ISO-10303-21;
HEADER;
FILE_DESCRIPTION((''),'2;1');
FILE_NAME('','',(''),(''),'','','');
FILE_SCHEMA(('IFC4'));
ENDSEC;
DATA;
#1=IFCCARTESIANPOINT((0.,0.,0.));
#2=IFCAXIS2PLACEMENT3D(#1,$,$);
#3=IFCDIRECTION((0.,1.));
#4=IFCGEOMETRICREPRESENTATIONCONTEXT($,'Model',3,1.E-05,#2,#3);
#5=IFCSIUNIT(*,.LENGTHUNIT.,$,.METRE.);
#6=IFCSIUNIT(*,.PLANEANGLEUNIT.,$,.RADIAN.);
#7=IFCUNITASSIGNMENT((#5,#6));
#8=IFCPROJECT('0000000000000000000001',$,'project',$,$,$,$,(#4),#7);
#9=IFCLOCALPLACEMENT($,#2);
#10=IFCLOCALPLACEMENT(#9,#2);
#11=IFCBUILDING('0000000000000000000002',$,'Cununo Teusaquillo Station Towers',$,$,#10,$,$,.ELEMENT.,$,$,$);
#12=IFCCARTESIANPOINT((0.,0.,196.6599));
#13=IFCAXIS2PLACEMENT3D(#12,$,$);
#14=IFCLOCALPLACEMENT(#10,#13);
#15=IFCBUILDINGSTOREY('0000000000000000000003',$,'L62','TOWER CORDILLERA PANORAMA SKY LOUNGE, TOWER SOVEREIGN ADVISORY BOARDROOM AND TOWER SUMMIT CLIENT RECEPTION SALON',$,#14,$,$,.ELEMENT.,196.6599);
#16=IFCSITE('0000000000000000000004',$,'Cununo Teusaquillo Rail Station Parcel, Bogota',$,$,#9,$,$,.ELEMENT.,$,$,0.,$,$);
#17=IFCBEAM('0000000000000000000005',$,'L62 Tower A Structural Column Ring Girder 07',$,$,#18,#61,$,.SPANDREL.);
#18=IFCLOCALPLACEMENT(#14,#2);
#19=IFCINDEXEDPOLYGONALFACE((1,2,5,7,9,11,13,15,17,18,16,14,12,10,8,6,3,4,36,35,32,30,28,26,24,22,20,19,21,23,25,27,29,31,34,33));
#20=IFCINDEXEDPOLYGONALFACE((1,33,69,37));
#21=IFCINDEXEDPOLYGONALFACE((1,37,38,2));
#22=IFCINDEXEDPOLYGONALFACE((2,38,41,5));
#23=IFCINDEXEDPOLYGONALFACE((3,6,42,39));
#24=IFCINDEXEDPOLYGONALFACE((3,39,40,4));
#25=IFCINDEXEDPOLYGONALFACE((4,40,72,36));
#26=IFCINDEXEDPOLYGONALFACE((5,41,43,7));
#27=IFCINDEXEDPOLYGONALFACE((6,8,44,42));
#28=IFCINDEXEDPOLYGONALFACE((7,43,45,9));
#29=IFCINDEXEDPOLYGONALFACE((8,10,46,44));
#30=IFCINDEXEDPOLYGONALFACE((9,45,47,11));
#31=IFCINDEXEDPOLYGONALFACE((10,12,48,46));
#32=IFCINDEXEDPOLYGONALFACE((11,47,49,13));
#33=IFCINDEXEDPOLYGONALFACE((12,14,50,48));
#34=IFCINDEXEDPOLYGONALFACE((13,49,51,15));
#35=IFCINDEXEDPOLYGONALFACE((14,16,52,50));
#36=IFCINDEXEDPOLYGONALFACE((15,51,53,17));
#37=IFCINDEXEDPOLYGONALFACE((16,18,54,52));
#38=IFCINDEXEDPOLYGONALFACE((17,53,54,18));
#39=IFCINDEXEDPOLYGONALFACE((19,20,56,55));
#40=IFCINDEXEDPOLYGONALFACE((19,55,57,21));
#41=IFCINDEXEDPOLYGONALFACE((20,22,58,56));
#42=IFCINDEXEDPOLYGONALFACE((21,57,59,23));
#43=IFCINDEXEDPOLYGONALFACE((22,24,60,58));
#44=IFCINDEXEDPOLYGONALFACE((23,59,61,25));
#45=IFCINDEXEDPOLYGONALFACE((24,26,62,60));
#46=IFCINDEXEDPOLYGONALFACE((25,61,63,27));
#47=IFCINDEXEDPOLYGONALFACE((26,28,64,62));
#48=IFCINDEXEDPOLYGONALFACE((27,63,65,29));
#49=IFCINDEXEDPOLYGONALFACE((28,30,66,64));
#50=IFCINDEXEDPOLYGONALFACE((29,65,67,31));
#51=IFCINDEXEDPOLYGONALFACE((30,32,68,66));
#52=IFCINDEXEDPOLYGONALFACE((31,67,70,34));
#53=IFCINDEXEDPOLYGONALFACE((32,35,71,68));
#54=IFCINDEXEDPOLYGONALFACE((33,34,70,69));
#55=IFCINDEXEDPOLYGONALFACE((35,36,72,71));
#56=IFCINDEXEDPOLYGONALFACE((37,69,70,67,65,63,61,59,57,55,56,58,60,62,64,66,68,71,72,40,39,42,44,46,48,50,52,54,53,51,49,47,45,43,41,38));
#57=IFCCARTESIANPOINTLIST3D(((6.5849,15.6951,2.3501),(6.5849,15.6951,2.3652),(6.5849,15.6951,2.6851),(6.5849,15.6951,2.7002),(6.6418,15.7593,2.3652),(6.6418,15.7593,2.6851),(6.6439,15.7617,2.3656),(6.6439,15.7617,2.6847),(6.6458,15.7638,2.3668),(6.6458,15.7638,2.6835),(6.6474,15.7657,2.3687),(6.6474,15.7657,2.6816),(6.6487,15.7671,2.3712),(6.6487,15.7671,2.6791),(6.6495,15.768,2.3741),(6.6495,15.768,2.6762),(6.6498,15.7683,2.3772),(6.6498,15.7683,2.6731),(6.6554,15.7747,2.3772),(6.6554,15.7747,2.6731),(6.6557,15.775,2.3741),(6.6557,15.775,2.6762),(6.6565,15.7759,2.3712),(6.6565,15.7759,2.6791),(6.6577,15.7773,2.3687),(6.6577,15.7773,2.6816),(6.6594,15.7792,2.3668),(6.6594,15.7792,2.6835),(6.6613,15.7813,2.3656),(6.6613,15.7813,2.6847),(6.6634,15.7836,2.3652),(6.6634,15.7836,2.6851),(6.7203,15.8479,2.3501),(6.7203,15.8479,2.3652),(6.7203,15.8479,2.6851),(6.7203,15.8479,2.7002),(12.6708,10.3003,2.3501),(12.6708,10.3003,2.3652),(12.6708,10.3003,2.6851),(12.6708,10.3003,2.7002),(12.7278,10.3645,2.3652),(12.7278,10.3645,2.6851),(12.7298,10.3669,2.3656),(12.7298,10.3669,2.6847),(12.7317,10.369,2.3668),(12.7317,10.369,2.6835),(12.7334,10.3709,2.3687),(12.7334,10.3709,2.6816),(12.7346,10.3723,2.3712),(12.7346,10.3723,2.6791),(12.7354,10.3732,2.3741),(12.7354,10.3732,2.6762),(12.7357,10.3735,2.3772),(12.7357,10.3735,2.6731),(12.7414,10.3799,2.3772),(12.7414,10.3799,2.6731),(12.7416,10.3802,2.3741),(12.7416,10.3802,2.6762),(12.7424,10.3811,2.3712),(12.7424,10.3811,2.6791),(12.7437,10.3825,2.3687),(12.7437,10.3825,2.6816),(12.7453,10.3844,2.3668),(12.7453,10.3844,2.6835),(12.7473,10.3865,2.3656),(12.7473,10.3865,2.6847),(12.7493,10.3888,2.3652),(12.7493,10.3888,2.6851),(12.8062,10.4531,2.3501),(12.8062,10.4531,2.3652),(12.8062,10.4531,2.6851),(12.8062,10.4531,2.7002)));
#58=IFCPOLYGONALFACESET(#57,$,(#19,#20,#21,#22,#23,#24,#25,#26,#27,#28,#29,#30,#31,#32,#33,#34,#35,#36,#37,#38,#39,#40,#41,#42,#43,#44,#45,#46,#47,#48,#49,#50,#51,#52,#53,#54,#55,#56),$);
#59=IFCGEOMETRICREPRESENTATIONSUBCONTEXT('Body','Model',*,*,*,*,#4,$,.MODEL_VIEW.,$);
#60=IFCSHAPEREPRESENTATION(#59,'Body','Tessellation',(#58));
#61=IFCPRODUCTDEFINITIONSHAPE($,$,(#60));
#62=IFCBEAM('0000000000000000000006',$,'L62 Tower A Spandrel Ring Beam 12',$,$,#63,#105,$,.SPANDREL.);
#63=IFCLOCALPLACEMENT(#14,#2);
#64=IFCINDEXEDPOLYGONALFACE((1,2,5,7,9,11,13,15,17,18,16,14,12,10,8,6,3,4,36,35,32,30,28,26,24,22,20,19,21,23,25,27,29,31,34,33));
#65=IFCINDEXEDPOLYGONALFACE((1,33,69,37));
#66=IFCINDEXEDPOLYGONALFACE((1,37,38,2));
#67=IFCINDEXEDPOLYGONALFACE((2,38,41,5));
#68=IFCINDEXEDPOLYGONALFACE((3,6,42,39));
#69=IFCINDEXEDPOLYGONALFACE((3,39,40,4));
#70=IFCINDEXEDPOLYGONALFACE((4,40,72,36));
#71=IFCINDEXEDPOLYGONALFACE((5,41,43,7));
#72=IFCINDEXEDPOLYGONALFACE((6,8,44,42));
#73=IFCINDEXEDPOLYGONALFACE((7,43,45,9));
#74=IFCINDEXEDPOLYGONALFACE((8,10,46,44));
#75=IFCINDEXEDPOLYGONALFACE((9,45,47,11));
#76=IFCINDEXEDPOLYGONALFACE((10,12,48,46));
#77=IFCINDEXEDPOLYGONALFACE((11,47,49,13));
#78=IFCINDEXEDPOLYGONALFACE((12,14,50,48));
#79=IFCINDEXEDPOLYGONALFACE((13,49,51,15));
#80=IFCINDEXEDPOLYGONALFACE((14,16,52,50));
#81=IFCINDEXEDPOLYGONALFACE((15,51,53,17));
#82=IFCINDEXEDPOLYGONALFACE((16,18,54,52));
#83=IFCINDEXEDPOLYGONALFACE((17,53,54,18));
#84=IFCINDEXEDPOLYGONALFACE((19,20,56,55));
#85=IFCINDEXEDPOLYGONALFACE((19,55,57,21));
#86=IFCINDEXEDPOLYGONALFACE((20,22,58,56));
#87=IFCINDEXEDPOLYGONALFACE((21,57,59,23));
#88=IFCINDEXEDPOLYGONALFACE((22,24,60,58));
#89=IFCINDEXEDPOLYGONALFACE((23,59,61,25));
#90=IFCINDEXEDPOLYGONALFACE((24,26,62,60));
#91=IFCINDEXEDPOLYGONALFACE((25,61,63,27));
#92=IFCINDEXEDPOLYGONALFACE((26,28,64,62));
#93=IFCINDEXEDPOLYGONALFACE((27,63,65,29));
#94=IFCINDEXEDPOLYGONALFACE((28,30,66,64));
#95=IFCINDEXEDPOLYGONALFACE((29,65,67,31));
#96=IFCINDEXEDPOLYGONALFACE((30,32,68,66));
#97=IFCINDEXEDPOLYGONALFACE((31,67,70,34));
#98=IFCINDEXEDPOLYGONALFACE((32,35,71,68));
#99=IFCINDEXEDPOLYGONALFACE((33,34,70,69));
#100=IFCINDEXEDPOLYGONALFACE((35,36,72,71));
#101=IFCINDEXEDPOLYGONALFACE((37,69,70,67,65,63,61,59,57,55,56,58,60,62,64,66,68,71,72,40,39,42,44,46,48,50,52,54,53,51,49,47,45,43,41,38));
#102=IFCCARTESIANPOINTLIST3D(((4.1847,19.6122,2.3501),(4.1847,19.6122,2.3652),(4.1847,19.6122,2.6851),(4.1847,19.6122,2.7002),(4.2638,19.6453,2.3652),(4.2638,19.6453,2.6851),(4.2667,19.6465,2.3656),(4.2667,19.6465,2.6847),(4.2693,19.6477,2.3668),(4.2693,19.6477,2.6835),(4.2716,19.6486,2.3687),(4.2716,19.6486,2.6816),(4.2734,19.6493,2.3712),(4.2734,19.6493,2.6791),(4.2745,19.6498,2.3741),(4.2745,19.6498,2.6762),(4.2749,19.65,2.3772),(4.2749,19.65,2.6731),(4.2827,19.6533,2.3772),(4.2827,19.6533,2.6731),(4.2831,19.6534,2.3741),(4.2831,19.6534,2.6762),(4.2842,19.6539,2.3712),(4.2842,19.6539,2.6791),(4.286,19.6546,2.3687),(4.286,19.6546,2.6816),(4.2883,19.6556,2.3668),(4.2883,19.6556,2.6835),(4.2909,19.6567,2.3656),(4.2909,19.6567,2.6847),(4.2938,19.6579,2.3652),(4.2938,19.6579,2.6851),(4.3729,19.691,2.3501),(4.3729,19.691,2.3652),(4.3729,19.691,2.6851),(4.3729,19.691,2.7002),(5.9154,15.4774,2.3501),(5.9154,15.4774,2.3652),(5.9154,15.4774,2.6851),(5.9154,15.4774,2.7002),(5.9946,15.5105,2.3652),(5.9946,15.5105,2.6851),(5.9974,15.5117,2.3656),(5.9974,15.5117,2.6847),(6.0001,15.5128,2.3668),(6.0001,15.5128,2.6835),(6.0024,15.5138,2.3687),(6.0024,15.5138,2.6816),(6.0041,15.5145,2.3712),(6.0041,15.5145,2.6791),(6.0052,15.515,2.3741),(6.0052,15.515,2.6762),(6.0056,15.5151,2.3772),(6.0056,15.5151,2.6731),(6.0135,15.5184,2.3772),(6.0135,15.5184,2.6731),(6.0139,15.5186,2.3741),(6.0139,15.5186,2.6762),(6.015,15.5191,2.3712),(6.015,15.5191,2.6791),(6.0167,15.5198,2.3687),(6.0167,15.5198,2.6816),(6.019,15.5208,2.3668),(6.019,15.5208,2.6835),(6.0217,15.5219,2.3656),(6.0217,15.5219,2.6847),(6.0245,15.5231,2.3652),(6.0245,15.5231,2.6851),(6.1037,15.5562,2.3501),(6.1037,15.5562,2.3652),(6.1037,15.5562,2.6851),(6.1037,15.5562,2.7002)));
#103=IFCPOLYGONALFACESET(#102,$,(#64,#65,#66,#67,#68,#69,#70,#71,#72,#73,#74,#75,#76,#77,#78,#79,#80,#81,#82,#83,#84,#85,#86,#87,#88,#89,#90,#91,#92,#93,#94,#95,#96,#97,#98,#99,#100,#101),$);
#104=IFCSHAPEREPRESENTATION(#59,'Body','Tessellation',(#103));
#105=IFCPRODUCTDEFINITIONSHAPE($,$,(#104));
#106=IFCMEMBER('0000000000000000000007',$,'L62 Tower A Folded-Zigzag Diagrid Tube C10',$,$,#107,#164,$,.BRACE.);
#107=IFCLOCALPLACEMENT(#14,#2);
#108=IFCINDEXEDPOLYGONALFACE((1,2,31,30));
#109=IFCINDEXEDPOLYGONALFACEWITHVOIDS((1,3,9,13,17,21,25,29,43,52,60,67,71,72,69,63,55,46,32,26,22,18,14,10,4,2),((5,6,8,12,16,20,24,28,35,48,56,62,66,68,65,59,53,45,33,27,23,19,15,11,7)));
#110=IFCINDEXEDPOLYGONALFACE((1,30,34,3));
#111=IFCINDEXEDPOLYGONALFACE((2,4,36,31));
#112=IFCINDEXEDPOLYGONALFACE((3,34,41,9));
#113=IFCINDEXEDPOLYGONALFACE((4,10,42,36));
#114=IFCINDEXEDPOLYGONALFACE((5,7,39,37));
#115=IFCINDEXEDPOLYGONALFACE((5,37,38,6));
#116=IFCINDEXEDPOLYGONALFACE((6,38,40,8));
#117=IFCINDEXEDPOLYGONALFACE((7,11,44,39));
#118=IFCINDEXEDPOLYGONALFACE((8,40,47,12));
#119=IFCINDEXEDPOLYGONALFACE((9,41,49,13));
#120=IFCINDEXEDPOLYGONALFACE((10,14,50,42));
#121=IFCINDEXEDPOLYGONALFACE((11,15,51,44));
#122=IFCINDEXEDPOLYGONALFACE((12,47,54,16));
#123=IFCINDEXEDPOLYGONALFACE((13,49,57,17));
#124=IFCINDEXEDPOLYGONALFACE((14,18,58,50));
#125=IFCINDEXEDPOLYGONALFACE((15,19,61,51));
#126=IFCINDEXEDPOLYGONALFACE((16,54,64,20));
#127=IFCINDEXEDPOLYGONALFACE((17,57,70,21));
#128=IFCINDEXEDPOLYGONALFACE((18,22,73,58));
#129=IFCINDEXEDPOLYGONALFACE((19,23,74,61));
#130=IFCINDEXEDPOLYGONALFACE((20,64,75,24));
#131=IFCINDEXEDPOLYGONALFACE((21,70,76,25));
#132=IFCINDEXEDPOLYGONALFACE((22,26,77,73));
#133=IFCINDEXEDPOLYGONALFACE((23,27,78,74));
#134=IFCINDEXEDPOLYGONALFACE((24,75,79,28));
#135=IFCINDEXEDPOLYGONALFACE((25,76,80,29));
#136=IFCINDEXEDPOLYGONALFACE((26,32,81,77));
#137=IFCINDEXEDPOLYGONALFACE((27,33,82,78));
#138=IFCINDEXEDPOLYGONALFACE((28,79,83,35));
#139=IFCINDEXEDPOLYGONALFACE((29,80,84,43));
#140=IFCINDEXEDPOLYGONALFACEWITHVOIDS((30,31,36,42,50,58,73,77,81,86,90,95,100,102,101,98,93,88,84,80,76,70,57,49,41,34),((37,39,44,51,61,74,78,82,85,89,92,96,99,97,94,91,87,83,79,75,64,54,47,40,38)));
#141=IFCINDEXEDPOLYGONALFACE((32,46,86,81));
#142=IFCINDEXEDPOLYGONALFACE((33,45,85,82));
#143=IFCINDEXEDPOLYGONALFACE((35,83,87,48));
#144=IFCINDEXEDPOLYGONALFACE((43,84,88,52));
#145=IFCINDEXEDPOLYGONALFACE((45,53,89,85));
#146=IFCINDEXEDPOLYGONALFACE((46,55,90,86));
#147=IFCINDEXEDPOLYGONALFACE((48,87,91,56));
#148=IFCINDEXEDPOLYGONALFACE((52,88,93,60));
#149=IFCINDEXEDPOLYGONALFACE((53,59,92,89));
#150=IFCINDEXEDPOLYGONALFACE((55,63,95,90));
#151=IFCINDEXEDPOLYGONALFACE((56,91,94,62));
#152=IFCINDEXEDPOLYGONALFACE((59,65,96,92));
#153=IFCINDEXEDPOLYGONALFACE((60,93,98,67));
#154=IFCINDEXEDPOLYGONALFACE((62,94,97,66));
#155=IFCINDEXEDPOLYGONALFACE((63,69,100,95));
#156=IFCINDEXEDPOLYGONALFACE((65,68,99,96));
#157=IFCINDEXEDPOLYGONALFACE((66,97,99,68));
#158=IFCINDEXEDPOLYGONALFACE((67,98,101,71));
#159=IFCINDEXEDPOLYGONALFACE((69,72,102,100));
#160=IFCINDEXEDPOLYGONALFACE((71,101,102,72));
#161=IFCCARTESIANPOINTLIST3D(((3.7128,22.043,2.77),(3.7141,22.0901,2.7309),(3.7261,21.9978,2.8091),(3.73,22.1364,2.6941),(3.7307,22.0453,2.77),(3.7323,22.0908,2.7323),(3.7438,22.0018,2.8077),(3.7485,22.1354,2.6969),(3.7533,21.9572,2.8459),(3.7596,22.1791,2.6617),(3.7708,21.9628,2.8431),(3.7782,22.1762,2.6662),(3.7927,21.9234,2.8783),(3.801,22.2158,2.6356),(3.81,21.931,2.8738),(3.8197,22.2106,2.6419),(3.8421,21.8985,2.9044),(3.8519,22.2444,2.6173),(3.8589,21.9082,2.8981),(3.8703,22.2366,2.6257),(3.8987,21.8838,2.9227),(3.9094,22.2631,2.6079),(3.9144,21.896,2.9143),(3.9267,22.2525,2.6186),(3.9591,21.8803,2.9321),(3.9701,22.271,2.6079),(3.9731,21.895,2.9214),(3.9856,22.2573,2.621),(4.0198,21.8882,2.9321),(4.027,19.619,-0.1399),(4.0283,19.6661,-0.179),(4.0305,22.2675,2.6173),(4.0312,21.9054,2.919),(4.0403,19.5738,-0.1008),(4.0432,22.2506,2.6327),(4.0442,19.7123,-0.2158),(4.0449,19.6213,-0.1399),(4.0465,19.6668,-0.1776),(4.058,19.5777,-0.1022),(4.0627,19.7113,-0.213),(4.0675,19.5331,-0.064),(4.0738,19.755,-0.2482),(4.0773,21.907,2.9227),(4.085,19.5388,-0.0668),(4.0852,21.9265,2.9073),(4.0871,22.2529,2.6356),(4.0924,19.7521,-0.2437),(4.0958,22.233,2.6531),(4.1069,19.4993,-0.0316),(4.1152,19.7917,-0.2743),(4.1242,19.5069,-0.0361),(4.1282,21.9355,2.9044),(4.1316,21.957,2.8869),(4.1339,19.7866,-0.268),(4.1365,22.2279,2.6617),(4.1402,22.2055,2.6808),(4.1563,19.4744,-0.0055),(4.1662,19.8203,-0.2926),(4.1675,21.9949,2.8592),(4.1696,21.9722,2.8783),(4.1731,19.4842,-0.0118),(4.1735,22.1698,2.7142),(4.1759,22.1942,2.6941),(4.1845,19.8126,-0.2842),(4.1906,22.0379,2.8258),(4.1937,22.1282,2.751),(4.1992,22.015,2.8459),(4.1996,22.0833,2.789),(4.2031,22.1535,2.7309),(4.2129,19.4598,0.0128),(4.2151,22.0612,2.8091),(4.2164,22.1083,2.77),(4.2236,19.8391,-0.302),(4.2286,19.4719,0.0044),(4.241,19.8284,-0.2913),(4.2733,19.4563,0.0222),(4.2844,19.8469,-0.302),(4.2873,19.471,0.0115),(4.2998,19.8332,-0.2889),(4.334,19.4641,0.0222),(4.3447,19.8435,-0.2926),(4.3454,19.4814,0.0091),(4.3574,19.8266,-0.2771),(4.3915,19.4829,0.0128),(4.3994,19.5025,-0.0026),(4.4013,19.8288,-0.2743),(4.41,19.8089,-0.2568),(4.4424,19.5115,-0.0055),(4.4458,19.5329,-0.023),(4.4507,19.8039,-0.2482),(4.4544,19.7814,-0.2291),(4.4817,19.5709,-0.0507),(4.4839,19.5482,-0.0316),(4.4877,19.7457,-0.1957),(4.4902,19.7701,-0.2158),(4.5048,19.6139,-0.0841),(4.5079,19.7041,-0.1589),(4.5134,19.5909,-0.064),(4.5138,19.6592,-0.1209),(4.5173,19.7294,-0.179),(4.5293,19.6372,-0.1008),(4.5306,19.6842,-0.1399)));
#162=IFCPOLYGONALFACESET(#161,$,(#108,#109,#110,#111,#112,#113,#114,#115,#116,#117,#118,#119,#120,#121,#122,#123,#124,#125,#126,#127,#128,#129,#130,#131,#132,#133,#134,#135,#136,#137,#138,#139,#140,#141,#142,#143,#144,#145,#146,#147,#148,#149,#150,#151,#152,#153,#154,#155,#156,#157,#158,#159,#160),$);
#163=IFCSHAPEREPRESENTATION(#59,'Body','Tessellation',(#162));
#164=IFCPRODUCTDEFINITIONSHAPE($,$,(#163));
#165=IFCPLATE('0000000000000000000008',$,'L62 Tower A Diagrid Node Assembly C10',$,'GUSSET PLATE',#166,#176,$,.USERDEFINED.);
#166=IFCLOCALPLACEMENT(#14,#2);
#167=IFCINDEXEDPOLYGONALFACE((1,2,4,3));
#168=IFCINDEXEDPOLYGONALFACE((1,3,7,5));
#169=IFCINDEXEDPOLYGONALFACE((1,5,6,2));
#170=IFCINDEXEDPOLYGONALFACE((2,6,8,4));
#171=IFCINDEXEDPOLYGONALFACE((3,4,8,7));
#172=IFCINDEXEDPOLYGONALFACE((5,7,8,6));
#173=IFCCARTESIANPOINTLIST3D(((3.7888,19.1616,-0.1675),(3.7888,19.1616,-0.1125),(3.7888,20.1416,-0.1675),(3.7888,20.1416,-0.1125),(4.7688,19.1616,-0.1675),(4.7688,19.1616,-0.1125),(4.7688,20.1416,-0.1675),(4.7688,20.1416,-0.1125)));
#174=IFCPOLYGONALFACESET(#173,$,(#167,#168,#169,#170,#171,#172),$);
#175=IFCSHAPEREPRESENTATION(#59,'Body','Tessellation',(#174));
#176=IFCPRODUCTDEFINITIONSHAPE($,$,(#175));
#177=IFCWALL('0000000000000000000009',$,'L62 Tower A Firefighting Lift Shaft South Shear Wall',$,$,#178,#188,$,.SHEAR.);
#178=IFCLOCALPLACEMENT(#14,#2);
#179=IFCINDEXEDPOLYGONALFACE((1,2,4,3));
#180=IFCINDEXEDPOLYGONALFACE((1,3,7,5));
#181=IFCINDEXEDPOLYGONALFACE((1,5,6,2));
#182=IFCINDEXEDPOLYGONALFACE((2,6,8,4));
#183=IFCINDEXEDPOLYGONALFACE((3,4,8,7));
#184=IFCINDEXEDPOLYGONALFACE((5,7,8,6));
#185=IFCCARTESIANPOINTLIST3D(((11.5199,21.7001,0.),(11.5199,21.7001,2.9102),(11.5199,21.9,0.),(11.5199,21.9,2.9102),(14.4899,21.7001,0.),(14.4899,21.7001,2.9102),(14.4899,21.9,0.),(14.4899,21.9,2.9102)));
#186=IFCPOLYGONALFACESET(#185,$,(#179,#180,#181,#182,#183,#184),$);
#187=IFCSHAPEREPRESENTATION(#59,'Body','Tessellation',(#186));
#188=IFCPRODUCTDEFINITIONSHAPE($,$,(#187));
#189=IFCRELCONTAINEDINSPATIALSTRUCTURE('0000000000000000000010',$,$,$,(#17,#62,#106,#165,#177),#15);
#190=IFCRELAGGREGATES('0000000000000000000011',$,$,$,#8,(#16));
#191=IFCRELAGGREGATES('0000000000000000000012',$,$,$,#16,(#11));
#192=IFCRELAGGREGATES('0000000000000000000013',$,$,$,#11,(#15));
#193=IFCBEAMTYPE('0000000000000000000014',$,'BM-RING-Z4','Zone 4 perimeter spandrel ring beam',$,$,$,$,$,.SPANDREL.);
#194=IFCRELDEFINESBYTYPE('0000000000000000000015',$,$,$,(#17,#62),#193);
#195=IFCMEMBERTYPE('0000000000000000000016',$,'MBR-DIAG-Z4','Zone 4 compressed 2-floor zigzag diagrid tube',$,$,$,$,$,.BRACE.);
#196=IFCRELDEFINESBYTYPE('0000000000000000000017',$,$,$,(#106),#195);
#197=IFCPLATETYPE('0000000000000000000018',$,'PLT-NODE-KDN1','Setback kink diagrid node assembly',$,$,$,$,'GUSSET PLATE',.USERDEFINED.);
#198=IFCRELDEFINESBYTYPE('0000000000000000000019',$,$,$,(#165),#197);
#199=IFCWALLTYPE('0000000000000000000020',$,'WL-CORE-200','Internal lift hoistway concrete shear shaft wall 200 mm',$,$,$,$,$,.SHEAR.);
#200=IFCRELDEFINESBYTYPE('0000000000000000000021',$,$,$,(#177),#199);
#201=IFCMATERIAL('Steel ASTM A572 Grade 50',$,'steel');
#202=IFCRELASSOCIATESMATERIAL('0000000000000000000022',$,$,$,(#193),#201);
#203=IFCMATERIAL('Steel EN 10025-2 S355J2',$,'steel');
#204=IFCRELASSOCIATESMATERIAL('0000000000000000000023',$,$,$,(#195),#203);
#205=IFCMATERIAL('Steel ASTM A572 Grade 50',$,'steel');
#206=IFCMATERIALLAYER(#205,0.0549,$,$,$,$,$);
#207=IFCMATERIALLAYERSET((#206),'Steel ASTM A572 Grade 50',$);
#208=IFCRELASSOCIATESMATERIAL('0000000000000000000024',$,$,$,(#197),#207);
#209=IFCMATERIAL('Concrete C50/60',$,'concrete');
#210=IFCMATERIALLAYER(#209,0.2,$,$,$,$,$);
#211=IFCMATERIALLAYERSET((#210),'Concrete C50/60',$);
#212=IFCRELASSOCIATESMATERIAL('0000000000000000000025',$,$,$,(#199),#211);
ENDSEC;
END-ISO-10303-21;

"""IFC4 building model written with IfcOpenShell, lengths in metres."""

from ifc_helpers import new_model, si_unit, direction, frame, frame_2d, origin, origin_2d, place, context, subcontext, project, spatial, rectangle, hollow_circle, i_section, extrude, source, transform, mapped, material, layer, layer_set, material_profile, profile_set, type_object, element, save


model = new_model("IFC4")

# Units and contexts
model_context = context("Model", 3, precision=1e-05, world=origin(), true_north=direction((0.0, 1.0)))
body_context = subcontext(model_context, "Body", "Model", "MODEL_VIEW")
ifc_project = project(units=[si_unit("LENGTHUNIT", "METRE"), si_unit("PLANEANGLEUNIT", "RADIAN")], contexts=[model_context])

# Site, building, storey
site_placement = place(None, origin())
site = spatial("IfcSite", under=ifc_project, at=site_placement, Name="Cununo Teusaquillo Rail Station Parcel, Bogota", CompositionType="ELEMENT", RefElevation=0.0)
building_placement = place(site_placement, origin())
building = spatial("IfcBuilding", under=site, at=building_placement, Name="Cununo Teusaquillo Station Towers", CompositionType="ELEMENT")
storey_placement = place(building_placement, frame((0.0, 0.0, 196.6599)))
storey = spatial("IfcBuildingStorey", under=building, at=storey_placement, Name="L62", Description="TOWER CORDILLERA PANORAMA SKY LOUNGE, TOWER SOVEREIGN ADVISORY BOARDROOM AND TOWER SUMMIT CLIENT RECEPTION SALON", CompositionType="ELEMENT", Elevation=196.6599)

# Beams
ifc_material_1 = material(Name="Steel ASTM A572 Grade 50", Category="steel")
ifc_material_profile_1 = material_profile(ifc_material_1, i_section(OverallWidth=0.2041, OverallDepth=0.3501, WebThickness=0.0085, FlangeThickness=0.0151, FilletRadius=0.012, at=origin_2d()), Name="W14X48")
ifc_profile_set_1 = profile_set([ifc_material_profile_1], Name="Steel ASTM A572 Grade 50")
beam_type_1 = type_object("IfcBeamType", Name="BM-RING-Z4", Description="Zone 4 perimeter spandrel ring beam", PredefinedType="SPANDREL", material=ifc_profile_set_1)
beam_1_placement = place(storey_placement, frame((6.6526, 15.7715, 2.5251), z_axis=(0.748321, -0.663337, 0.0), x_axis=(0.663337, 0.748321, 0.0)))
element("IfcBeam", 1, at=beam_1_placement, inside=storey, type_object=beam_type_1, Name="L62 Tower A Structural Column Ring Girder 07", PredefinedType="SPANDREL", context=body_context, shape_type="SweptSolid", body=[
    extrude(i_section(OverallWidth=0.2041, OverallDepth=0.3501, WebThickness=0.0085, FlangeThickness=0.0151, FilletRadius=0.012, at=origin_2d()), origin(), (0.0, 0.0, 1.0), 8.1328),
])
beam_2_placement = place(storey_placement, frame((4.2788, 19.6516, 2.5251), z_axis=(0.386115, -0.92245, 0.0), x_axis=(0.92245, 0.386115, 0.0)))
element("IfcBeam", 2, at=beam_2_placement, inside=storey, type_object=beam_type_1, Name="L62 Tower A Spandrel Ring Beam 12", PredefinedType="SPANDREL", context=body_context, shape_type="SweptSolid", body=[
    extrude(i_section(OverallWidth=0.2041, OverallDepth=0.3501, WebThickness=0.0085, FlangeThickness=0.0151, FilletRadius=0.012, at=origin_2d()), origin(), (0.0, 0.0, 1.0), 4.4824),
])

# Member
ifc_material_2 = material(Name="Steel EN 10025-2 S355J2", Category="steel")
ifc_material_profile_2 = material_profile(ifc_material_2, hollow_circle(Radius=0.2539, WallThickness=0.0181, at=origin_2d()), Name="CHS 508x18")
ifc_profile_set_2 = profile_set([ifc_material_profile_2], Name="Steel EN 10025-2 S355J2")
member_type = type_object("IfcMemberType", Name="MBR-DIAG-Z4", Description="Zone 4 compressed 2-floor zigzag diagrid tube", PredefinedType="BRACE", material=ifc_profile_set_2)
member_placement = place(storey_placement, frame((4.2788, 19.6516, -0.1399), z_axis=(-0.08268, 0.63786, 0.765702), x_axis=(-0.991704, -0.128545, 0.0)))
element("IfcMember", 3, at=member_placement, inside=storey, type_object=member_type, Name="L62 Tower A Folded-Zigzag Diagrid Tube C10", PredefinedType="BRACE", context=body_context, shape_type="SweptSolid", body=[
    extrude(hollow_circle(Radius=0.2539, WallThickness=0.0181, at=origin_2d()), origin(), (0.0, 0.0, 1.0), 3.8003),
])

# Plate
ifc_material_3 = material(Name="Steel ASTM A572 Grade 50", Category="steel")
ifc_layer_1 = layer(ifc_material_3, 0.0549)
ifc_layer_set_1 = layer_set([ifc_layer_1], Name="Steel ASTM A572 Grade 50")
plate_type = type_object("IfcPlateType", Name="PLT-NODE-KDN1", Description="Setback kink diagrid node assembly", ElementType="GUSSET PLATE", PredefinedType="USERDEFINED", material=ifc_layer_set_1)
shared_shape_1 = source(origin(), body_context, "Body", "SweptSolid", [
    extrude(rectangle(XDim=0.98, YDim=0.98, at=origin_2d()), origin(), (0.0, 0.0, 1.0), 0.0549),
])
plate_placement = place(storey_placement, frame((4.2788, 19.6516, -0.1675), z_axis=(0.0, 0.0, 1.0), x_axis=(1.0, 0.0, 0.0)))
element("IfcPlate", 4, at=plate_placement, inside=storey, type_object=plate_type, Name="L62 Tower A Diagrid Node Assembly C10", ObjectType="GUSSET PLATE", PredefinedType="USERDEFINED", context=body_context, shape_type="MappedRepresentation", body=[
    mapped(shared_shape_1, transform((0.0, 0.0, 0.0), x_axis=(1.0, 0.0, 0.0), y_axis=(0.0, 1.0, 0.0), z_axis=(0.0, 0.0, 1.0), scale=1.0)),
])

# Wall
ifc_material_4 = material(Name="Concrete C50/60", Category="concrete")
ifc_layer_2 = layer(ifc_material_4, 0.2)
ifc_layer_set_2 = layer_set([ifc_layer_2], Name="Concrete C50/60")
wall_type_1 = type_object("IfcWallType", Name="WL-CORE-200", Description="Internal lift hoistway concrete shear shaft wall 200 mm", PredefinedType="SHEAR", material=ifc_layer_set_2)
wall_1_placement = place(storey_placement, frame((11.52, 21.8, 0.0), z_axis=(0.0, 0.0, 1.0), x_axis=(1.0, 0.0, 0.0)))
element("IfcWall", 5, at=wall_1_placement, inside=storey, type_object=wall_type_1, Name="L62 Tower A Firefighting Lift Shaft South Shear Wall", PredefinedType="SHEAR", context=body_context, shape_type="SweptSolid", body=[
    extrude(rectangle(XDim=2.97, YDim=0.2, at=frame_2d((1.4849, 0.0))), origin(), (0.0, 0.0, 1.0), 2.9102),
])

save(model, "model.ifc")
